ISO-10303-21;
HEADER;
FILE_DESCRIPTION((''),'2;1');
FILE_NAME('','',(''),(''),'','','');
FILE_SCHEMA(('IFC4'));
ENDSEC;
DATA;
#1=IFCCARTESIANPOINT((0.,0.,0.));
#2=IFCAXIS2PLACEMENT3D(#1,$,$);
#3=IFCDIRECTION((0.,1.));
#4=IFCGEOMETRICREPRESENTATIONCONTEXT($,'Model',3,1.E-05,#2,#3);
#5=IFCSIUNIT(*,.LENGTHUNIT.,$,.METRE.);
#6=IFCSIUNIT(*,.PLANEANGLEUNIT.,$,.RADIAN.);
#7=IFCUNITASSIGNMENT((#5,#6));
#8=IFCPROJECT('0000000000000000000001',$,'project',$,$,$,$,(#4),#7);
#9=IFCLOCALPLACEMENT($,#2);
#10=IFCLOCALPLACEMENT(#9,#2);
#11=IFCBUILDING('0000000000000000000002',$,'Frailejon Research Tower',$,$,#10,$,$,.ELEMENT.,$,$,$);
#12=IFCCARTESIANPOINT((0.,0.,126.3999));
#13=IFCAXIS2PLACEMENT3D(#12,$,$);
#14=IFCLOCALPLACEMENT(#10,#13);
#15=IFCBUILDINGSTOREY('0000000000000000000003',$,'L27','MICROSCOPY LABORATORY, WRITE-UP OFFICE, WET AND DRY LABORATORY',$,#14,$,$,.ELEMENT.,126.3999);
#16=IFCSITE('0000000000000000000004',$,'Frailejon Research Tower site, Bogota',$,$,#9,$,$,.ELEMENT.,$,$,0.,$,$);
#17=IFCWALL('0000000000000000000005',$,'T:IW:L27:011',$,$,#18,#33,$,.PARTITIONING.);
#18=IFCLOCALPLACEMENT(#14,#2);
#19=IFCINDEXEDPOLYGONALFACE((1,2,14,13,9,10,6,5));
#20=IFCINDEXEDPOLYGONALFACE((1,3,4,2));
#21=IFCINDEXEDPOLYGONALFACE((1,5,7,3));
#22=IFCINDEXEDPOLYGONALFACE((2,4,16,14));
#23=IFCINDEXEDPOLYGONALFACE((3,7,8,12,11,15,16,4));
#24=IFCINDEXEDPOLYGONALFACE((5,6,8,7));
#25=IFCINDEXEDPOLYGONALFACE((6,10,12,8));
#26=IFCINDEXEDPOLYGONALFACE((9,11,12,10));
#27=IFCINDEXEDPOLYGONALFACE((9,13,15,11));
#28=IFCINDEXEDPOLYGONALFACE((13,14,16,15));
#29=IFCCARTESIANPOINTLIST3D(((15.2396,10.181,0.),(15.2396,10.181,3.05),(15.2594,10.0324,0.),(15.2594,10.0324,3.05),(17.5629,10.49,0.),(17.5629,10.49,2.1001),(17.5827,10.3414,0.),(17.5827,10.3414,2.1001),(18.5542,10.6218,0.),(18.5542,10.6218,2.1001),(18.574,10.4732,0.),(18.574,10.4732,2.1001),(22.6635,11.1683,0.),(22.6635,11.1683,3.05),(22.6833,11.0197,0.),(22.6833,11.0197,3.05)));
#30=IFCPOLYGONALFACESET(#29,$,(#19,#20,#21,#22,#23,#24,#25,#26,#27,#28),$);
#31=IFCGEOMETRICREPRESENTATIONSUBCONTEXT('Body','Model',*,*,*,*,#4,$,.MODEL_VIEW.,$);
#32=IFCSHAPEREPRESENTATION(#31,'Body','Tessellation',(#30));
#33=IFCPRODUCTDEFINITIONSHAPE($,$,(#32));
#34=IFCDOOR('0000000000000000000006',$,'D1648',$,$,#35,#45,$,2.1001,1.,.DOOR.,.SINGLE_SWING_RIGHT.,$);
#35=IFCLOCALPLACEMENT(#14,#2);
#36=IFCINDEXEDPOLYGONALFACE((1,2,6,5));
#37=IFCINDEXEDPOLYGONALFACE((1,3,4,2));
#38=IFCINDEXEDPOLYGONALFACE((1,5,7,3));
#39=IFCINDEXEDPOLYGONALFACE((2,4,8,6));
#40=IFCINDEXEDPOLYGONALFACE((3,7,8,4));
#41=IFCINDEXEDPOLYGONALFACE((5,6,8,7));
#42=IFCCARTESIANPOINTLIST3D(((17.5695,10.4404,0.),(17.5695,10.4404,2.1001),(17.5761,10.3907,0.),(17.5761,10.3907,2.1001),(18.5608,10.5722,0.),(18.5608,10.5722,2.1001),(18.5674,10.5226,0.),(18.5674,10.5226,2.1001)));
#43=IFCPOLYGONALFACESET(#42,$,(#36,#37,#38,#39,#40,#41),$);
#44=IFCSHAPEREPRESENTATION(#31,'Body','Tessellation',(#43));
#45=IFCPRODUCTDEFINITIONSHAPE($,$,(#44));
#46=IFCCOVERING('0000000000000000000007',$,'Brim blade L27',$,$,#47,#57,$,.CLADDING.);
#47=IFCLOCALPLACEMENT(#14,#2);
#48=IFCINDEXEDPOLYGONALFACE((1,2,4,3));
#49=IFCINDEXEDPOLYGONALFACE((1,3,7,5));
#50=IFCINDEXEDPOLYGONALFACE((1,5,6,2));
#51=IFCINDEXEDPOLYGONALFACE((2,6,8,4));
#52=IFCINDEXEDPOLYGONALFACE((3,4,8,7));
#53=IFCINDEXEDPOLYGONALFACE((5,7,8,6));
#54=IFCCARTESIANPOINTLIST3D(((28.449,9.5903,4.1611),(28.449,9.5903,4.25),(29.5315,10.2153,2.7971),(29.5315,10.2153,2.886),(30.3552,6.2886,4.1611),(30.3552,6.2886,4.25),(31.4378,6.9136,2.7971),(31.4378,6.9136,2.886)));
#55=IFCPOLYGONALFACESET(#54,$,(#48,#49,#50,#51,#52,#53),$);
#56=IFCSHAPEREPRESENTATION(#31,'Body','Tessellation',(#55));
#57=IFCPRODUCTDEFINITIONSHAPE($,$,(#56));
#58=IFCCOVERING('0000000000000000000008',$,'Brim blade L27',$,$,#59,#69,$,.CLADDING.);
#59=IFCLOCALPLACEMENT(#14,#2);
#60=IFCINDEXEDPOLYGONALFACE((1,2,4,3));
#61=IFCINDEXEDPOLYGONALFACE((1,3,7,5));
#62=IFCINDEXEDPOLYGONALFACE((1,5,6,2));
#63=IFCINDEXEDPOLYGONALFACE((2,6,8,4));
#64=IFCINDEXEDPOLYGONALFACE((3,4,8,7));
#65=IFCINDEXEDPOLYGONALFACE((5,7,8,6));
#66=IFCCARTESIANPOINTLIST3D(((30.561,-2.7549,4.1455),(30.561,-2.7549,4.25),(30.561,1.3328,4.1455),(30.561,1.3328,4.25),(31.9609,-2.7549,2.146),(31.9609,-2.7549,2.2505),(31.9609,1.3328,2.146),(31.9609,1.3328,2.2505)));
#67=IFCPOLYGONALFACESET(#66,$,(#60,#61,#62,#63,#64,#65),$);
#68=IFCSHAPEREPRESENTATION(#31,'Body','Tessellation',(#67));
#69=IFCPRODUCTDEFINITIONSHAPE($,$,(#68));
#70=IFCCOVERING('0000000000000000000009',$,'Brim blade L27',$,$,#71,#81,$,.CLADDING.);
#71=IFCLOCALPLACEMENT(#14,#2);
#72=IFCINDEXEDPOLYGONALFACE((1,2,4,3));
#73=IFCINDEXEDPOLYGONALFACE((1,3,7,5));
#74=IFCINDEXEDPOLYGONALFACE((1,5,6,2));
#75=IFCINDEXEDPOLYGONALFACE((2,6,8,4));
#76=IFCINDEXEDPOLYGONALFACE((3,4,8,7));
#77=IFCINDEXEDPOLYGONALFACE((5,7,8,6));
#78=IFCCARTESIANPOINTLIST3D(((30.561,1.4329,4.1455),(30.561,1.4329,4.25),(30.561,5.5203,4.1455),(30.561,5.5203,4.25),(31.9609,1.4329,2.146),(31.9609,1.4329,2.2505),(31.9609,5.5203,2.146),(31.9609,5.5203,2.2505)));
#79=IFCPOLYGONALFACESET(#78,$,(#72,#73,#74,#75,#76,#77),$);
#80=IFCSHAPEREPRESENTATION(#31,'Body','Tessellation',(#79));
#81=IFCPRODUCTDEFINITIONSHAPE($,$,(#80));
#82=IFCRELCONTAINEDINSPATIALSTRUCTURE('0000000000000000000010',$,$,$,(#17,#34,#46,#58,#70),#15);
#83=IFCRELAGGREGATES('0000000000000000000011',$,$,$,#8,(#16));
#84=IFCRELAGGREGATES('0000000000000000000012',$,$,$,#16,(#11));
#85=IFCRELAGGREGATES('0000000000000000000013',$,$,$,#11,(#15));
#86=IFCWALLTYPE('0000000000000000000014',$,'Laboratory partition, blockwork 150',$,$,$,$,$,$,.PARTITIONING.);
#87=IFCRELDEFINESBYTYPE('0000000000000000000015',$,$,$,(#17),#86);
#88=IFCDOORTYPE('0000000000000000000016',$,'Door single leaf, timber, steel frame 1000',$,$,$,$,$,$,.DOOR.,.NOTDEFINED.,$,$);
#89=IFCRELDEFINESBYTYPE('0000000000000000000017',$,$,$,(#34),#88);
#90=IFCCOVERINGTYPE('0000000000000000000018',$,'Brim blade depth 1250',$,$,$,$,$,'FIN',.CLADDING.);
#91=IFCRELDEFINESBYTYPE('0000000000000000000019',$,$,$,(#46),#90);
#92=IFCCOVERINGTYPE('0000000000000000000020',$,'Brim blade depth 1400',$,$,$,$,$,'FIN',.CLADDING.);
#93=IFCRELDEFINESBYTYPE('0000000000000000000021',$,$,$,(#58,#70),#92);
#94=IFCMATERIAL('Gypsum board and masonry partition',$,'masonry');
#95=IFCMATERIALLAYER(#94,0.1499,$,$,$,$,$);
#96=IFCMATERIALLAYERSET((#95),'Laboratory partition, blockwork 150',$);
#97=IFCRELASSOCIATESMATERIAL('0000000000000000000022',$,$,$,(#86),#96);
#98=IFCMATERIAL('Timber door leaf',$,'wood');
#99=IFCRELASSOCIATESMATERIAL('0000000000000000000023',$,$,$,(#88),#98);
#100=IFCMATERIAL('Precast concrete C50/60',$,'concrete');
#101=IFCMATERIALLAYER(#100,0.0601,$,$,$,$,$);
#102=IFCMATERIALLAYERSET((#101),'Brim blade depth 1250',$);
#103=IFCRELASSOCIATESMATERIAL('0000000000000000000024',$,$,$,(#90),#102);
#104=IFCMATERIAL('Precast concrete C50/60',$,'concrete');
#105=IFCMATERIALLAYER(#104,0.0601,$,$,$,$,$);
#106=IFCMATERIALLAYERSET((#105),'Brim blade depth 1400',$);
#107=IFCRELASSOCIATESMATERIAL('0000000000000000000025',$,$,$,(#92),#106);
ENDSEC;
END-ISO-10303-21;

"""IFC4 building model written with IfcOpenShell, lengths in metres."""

from ifc_helpers import new_model, si_unit, direction, frame, frame_2d, origin, place, context, subcontext, project, spatial, polyline, rectangle, outline, extrude, material, layer, layer_set, type_object, element, fill, save


model = new_model("IFC4")

# Units and contexts
model_context = context("Model", 3, precision=1e-05, world=origin(), true_north=direction((0.0, 1.0)))
body_context = subcontext(model_context, "Body", "Model", "MODEL_VIEW")
ifc_project = project(units=[si_unit("LENGTHUNIT", "METRE"), si_unit("PLANEANGLEUNIT", "RADIAN")], contexts=[model_context])

# Site, building, storey
site_placement = place(None, origin())
site = spatial("IfcSite", under=ifc_project, at=site_placement, Name="Frailejon Research Tower site, Bogota", CompositionType="ELEMENT", RefElevation=0.0)
building_placement = place(site_placement, origin())
building = spatial("IfcBuilding", under=site, at=building_placement, Name="Frailejon Research Tower", CompositionType="ELEMENT")
storey_placement = place(building_placement, frame((0.0, 0.0, 126.3999)))
storey = spatial("IfcBuildingStorey", under=building, at=storey_placement, Name="L27", Description="MICROSCOPY LABORATORY, WRITE-UP OFFICE, WET AND DRY LABORATORY", CompositionType="ELEMENT", Elevation=126.3999)

# Wall, opening, door
ifc_material_1 = material(Name="Gypsum board and masonry partition", Category="masonry")
ifc_layer_1 = layer(ifc_material_1, 0.1499)
ifc_layer_set_1 = layer_set([ifc_layer_1], Name="Laboratory partition, blockwork 150")
wall_type_1 = type_object("IfcWallType", Name="Laboratory partition, blockwork 150", PredefinedType="PARTITIONING", material=ifc_layer_set_1)
wall_1_placement = place(storey_placement, frame((15.2495, 10.1067, 0.0), z_axis=(0.0, 0.0, 1.0), x_axis=(0.991272, 0.131831, 0.0)))
wall_1 = element("IfcWall", 1, at=wall_1_placement, inside=storey, type_object=wall_type_1, Name="T:IW:L27:011", PredefinedType="PARTITIONING", context=body_context, shape_type="SweptSolid", body=[
    extrude(rectangle(XDim=7.4893, YDim=0.1499, at=frame_2d((3.7446, 0.0))), origin(), (0.0, 0.0, 1.0), 3.05),
])
opening_1_placement = place(wall_1_placement, frame((2.3438, 0.0, 0.0)))
opening_1 = element("IfcOpeningElement", 2, at=opening_1_placement, cuts=wall_1, PredefinedType="OPENING", context=body_context, shape_type="SweptSolid", body=[
    extrude(rectangle(XDim=1.0, YDim=2.1001, at=frame_2d((0.5, 1.05))), frame((0.0, 0.085, 0.0), z_axis=(0.0, -1.0, 0.0), x_axis=(1.0, 0.0, 0.0)), (0.0, 0.0, 1.0), 0.1699),
])
ifc_material_2 = material(Name="Timber door leaf", Category="wood")
door_type_1 = type_object("IfcDoorType", Name="Door single leaf, timber, steel frame 1000", OperationType="NOTDEFINED", PredefinedType="DOOR", material=ifc_material_2)
door_1_placement = place(opening_1_placement, origin())
door_1 = element("IfcDoor", 3, at=door_1_placement, inside=storey, type_object=door_type_1, Name="D1648", OperationType="SINGLE_SWING_RIGHT", OverallHeight=2.1001, OverallWidth=1.0, PredefinedType="DOOR", context=body_context, shape_type="SweptSolid", body=[
    extrude(rectangle(XDim=1.0, YDim=2.1001, at=frame_2d((0.5, 1.05))), frame((0.0, 0.0249, 0.0), z_axis=(0.0, -1.0, 0.0), x_axis=(1.0, 0.0, 0.0)), (0.0, 0.0, 1.0), 0.05),
])
fill(opening_1, door_1)

# Coverings
ifc_material_3 = material(Name="Precast concrete C50/60", Category="concrete")
ifc_layer_2 = layer(ifc_material_3, 0.0601)
ifc_layer_set_2 = layer_set([ifc_layer_2], Name="Brim blade depth 1250")
covering_type_1 = type_object("IfcCoveringType", Name="Brim blade depth 1250", ElementType="FIN", PredefinedType="CLADDING", material=ifc_layer_set_2)
covering_1_placement = place(storey_placement, frame((28.449, 9.5903, 4.25), z_axis=(0.500001, -0.866025, 0.0), x_axis=(0.866025, 0.500001, 0.0)))
element("IfcCovering", 4, at=covering_1_placement, inside=storey, type_object=covering_type_1, Name="Brim blade L27", PredefinedType="CLADDING", context=body_context, shape_type="SweptSolid", body=[
    extrude(outline(polyline([(0.0, -0.0889), (1.25, -1.4529), (1.25, -1.364), (0.0, 0.0), (0.0, -0.0889)])), origin(), (0.0, 0.0, 1.0), 3.8125),
])
ifc_material_4 = material(Name="Precast concrete C50/60", Category="concrete")
ifc_layer_3 = layer(ifc_material_4, 0.0601)
ifc_layer_set_3 = layer_set([ifc_layer_3], Name="Brim blade depth 1400")
covering_type_2 = type_object("IfcCoveringType", Name="Brim blade depth 1400", ElementType="FIN", PredefinedType="CLADDING", material=ifc_layer_set_3)
covering_2_placement = place(storey_placement, frame((30.561, 1.3328, 4.25), z_axis=(0.0, -1.0, 0.0), x_axis=(1.0, 0.0, 0.0)))
element("IfcCovering", 5, at=covering_2_placement, inside=storey, type_object=covering_type_2, Name="Brim blade L27", PredefinedType="CLADDING", context=body_context, shape_type="SweptSolid", body=[
    extrude(outline(polyline([(0.0, -0.1045), (1.3999, -2.104), (1.3999, -1.9995), (0.0, 0.0), (0.0, -0.1045)])), origin(), (0.0, 0.0, 1.0), 4.0876),
])
covering_3_placement = place(storey_placement, frame((30.561, 5.5203, 4.25), z_axis=(0.0, -1.0, 0.0), x_axis=(1.0, 0.0, 0.0)))
element("IfcCovering", 6, at=covering_3_placement, inside=storey, type_object=covering_type_2, Name="Brim blade L27", PredefinedType="CLADDING", context=body_context, shape_type="SweptSolid", body=[
    extrude(outline(polyline([(0.0, -0.1045), (1.3999, -2.104), (1.3999, -1.9995), (0.0, 0.0), (0.0, -0.1045)])), origin(), (0.0, 0.0, 1.0), 4.0874),
])

save(model, "model.ifc")
